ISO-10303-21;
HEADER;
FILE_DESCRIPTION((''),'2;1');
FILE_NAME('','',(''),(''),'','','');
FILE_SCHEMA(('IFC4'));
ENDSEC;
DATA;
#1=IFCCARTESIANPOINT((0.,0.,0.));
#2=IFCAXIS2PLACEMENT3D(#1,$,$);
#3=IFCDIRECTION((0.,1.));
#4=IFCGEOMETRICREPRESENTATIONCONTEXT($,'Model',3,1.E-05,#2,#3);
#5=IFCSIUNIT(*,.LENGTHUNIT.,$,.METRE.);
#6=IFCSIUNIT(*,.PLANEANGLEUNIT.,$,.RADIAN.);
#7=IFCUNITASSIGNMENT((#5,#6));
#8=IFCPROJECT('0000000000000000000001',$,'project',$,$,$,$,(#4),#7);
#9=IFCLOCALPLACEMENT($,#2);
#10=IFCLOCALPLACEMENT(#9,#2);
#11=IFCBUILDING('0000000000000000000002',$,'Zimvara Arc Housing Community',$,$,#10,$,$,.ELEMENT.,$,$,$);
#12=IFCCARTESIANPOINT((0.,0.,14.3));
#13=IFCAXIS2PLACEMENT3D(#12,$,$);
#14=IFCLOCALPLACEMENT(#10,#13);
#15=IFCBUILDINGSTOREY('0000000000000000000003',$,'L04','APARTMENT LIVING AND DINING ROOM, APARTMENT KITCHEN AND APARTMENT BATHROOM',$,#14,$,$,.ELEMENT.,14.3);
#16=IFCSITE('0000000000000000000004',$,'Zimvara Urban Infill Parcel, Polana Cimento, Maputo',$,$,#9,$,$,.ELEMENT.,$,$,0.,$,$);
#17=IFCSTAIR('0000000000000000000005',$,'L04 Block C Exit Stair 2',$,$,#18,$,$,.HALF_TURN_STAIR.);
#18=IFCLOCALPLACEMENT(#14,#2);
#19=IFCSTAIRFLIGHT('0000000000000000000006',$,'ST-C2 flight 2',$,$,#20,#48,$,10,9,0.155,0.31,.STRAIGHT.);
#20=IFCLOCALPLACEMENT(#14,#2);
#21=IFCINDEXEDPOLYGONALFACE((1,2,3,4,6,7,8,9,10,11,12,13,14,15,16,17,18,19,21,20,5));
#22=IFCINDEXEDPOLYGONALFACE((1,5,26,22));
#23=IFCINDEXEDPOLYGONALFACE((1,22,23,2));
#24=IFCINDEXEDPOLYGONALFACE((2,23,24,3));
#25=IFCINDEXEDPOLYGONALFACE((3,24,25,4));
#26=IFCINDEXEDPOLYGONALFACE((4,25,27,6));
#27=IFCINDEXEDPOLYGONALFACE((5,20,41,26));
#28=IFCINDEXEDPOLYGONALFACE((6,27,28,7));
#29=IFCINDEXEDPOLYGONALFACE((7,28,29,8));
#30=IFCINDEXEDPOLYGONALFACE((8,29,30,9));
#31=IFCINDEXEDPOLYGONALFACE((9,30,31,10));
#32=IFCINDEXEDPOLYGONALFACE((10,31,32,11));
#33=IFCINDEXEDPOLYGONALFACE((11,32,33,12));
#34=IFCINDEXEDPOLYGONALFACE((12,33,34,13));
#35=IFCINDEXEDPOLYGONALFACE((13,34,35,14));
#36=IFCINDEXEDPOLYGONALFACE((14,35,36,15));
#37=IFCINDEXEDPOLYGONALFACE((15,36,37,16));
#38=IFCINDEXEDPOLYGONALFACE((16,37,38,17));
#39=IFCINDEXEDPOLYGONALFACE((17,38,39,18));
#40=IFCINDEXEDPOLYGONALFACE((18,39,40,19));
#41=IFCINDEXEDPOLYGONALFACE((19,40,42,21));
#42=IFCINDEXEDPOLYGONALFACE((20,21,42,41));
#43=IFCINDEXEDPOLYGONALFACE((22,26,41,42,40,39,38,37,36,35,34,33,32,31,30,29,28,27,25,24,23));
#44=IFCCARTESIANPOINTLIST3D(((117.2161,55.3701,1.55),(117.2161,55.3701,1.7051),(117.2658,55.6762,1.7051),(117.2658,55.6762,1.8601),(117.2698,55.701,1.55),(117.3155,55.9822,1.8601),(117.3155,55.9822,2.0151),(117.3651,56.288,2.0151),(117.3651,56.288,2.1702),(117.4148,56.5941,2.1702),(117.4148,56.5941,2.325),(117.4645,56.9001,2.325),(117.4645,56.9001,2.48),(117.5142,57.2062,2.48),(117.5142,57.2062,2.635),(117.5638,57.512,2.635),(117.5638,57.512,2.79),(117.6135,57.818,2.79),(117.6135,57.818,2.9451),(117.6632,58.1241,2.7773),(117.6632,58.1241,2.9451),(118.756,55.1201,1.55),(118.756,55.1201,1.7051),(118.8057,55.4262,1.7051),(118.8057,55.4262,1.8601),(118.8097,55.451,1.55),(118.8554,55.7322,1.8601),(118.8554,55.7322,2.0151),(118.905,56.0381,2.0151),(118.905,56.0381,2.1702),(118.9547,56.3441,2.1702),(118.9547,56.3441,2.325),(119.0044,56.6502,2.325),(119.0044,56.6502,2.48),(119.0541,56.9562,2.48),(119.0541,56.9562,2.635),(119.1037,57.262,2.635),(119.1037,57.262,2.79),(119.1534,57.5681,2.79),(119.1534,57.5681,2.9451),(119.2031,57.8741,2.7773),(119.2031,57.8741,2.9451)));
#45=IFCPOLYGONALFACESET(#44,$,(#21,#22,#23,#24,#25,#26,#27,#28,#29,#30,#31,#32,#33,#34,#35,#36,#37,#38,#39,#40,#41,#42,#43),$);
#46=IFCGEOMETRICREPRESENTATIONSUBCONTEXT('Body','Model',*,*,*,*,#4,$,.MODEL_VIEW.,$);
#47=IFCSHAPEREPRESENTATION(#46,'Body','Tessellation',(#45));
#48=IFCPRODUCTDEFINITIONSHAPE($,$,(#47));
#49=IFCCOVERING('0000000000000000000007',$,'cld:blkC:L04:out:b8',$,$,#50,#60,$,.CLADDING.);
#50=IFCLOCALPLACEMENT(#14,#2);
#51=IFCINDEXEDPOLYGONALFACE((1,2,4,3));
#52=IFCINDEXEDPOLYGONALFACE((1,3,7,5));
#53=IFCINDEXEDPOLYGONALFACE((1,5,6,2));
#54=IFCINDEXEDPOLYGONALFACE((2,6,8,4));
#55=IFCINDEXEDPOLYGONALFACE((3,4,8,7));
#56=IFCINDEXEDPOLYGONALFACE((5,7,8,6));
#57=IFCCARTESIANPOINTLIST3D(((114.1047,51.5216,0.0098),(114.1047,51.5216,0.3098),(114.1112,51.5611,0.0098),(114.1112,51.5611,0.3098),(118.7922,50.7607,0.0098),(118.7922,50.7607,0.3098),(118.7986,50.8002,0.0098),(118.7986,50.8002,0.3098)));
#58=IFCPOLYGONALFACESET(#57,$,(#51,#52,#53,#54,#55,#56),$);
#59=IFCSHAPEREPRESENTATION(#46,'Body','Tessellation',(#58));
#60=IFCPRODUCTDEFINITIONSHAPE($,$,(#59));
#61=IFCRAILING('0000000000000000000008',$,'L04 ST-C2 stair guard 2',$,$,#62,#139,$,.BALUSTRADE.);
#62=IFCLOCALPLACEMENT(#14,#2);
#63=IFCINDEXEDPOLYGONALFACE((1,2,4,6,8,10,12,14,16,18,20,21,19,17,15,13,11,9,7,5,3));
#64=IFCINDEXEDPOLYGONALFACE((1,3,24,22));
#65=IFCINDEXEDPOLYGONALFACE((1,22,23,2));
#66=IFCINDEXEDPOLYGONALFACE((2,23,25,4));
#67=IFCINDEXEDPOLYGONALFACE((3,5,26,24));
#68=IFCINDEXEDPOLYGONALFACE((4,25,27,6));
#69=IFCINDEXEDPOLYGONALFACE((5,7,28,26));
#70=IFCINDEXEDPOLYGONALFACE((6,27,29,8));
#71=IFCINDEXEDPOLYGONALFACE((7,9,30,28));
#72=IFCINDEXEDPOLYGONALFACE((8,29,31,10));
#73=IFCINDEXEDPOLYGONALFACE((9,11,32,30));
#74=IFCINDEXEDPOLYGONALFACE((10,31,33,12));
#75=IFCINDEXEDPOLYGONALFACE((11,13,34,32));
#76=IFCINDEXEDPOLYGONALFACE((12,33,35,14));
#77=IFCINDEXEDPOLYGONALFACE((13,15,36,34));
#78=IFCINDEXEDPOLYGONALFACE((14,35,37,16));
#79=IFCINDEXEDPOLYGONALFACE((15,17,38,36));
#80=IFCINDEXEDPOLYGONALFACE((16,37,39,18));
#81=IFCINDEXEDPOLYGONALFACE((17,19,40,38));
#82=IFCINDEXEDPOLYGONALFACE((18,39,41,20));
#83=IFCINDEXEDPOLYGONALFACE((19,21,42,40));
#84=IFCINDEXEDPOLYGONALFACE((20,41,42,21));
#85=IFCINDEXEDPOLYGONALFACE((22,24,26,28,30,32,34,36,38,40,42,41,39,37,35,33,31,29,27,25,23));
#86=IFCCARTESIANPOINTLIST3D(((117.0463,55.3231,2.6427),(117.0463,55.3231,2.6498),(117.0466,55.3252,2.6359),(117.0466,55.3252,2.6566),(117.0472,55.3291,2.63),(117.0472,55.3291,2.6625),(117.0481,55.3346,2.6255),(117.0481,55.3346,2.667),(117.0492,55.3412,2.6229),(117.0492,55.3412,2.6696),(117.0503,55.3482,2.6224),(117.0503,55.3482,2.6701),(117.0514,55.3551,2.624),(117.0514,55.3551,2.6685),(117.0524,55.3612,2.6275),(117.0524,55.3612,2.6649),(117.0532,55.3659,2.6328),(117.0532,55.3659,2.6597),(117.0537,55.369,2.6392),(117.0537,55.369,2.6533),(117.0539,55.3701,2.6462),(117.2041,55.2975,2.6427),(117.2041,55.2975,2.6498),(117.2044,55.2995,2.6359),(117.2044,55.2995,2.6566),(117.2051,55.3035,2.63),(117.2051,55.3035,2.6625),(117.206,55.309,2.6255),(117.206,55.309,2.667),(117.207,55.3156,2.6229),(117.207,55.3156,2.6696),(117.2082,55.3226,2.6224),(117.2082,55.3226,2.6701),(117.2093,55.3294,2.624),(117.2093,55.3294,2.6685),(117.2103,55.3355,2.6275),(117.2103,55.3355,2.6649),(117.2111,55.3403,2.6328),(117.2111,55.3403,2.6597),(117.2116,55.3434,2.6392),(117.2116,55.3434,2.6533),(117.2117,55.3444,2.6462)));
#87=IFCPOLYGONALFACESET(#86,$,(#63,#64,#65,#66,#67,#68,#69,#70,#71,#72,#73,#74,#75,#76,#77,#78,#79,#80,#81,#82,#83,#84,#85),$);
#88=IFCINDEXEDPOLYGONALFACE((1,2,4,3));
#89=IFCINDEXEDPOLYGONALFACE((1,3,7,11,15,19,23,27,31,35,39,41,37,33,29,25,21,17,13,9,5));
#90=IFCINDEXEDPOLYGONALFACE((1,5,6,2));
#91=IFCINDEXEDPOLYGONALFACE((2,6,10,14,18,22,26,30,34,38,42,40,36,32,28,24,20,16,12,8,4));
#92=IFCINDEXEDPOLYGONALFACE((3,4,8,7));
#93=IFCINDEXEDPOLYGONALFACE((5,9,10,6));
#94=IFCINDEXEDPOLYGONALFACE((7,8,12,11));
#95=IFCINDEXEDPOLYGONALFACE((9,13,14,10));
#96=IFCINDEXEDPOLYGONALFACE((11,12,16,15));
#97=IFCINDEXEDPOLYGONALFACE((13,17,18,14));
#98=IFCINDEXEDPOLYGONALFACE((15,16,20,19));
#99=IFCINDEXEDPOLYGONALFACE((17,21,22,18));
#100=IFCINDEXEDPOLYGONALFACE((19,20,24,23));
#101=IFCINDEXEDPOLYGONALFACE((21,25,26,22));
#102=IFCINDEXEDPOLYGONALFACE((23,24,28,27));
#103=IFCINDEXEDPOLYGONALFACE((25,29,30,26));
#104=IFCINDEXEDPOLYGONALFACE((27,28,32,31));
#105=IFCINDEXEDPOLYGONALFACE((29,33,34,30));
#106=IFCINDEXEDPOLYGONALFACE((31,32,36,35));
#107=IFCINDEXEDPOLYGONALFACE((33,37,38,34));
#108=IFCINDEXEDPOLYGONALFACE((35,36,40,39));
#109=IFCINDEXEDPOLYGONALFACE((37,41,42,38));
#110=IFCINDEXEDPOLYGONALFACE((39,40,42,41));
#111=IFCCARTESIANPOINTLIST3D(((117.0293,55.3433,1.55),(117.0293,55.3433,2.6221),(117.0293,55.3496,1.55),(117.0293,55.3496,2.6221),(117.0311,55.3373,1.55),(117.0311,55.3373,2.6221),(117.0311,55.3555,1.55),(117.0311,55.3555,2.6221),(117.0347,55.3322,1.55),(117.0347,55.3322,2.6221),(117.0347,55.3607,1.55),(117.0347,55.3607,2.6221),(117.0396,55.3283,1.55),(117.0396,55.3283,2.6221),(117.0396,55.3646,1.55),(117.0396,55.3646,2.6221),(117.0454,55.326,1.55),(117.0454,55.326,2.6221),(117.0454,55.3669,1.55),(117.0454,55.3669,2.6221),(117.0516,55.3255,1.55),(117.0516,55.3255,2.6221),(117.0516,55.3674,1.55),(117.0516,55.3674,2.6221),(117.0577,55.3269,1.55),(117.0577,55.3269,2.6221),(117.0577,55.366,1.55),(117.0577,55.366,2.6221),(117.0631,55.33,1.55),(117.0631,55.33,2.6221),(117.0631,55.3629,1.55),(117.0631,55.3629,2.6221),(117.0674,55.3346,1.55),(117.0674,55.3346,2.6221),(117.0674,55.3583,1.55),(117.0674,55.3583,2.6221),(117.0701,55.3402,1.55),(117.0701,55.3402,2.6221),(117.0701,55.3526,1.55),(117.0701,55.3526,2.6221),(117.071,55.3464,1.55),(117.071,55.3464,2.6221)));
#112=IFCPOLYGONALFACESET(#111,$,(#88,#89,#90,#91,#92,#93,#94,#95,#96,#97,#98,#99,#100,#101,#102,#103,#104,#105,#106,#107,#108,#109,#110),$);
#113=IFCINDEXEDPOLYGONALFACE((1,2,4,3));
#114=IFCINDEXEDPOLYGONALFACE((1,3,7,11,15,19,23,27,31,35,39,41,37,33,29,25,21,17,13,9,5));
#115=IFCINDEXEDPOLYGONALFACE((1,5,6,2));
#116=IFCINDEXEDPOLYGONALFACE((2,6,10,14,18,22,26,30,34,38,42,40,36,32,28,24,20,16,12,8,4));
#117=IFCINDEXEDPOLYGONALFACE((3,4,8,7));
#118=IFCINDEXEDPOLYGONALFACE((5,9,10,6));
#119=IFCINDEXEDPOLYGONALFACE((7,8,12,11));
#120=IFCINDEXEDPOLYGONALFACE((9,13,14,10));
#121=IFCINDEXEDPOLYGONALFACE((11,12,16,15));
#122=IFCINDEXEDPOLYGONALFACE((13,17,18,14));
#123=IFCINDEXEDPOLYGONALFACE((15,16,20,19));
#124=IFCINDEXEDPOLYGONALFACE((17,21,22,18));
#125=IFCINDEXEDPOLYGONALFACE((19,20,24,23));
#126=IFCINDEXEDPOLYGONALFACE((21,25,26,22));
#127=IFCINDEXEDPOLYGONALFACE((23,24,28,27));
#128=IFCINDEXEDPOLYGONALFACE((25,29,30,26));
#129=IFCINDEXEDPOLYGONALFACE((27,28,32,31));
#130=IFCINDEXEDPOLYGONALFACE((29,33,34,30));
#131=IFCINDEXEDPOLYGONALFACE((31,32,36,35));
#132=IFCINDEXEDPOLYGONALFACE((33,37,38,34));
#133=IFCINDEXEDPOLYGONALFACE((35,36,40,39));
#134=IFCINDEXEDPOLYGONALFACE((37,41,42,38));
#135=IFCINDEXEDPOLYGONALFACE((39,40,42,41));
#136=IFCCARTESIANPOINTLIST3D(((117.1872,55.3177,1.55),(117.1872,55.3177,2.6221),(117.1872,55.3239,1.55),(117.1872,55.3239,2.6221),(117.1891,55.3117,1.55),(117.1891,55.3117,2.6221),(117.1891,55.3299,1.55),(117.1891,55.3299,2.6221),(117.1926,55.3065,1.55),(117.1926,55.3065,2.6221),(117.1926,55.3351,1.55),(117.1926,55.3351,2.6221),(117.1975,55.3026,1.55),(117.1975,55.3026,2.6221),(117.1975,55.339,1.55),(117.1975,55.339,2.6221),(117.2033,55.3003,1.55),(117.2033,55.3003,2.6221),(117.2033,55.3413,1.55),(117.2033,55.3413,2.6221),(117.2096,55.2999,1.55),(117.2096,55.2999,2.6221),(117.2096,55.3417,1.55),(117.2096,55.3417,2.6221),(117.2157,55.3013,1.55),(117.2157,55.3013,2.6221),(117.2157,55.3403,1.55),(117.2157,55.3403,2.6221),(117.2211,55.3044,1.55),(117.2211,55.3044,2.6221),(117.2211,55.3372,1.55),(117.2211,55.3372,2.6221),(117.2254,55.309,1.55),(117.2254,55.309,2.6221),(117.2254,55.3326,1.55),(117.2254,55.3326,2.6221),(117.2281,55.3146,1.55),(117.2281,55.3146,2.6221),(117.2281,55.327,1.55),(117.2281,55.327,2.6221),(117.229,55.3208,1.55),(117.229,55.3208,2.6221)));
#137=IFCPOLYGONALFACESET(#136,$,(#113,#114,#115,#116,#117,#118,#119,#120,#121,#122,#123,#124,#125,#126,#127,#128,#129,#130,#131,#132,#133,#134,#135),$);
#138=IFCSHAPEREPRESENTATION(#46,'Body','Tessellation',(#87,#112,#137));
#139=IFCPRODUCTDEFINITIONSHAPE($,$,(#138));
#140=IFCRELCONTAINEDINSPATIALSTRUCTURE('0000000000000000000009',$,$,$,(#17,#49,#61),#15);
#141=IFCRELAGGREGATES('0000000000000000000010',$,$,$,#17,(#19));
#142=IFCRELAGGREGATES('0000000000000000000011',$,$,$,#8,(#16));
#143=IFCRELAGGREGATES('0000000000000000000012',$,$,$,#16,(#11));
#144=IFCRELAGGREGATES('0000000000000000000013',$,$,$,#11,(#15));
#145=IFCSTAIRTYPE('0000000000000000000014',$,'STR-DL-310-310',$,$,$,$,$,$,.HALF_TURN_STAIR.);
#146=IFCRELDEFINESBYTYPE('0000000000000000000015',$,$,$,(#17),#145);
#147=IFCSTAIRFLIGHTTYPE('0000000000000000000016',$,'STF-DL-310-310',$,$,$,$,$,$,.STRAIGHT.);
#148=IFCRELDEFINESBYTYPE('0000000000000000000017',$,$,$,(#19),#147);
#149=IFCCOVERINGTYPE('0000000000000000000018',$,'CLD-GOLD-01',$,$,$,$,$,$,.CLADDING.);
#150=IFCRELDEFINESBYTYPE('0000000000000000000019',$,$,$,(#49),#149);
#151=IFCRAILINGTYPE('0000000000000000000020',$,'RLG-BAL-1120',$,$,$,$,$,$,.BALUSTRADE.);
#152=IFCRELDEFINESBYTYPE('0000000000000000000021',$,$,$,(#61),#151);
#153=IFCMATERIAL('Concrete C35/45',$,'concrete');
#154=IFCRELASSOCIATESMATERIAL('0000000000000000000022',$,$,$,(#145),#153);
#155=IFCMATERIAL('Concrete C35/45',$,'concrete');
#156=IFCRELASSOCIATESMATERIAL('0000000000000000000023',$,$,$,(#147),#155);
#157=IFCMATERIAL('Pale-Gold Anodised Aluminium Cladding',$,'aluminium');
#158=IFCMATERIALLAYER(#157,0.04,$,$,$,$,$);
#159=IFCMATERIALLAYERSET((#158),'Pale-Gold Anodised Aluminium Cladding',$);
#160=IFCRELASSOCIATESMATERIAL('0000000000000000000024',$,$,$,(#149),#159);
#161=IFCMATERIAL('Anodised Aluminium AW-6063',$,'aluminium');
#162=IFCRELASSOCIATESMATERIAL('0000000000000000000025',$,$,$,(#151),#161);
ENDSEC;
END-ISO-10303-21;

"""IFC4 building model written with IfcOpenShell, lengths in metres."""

from ifc_helpers import new_model, si_unit, direction, frame, origin, origin_2d, place, context, subcontext, project, spatial, polyline, rectangle, circle, outline, extrude, material, layer, layer_set, type_object, element, aggregate, save


model = new_model("IFC4")

# Units and contexts
model_context = context("Model", 3, precision=1e-05, world=origin(), true_north=direction((0.0, 1.0)))
body_context = subcontext(model_context, "Body", "Model", "MODEL_VIEW")
ifc_project = project(units=[si_unit("LENGTHUNIT", "METRE"), si_unit("PLANEANGLEUNIT", "RADIAN")], contexts=[model_context])

# Site, building, storey
site_placement = place(None, origin())
site = spatial("IfcSite", under=ifc_project, at=site_placement, Name="Zimvara Urban Infill Parcel, Polana Cimento, Maputo", CompositionType="ELEMENT", RefElevation=0.0)
building_placement = place(site_placement, origin())
building = spatial("IfcBuilding", under=site, at=building_placement, Name="Zimvara Arc Housing Community", CompositionType="ELEMENT")
storey_placement = place(building_placement, frame((0.0, 0.0, 14.3)))
storey = spatial("IfcBuildingStorey", under=building, at=storey_placement, Name="L04", Description="APARTMENT LIVING AND DINING ROOM, APARTMENT KITCHEN AND APARTMENT BATHROOM", CompositionType="ELEMENT", Elevation=14.3)

# Stair, stair flight
ifc_material_1 = material(Name="Concrete C35/45", Category="concrete")
stair_type = type_object("IfcStairType", Name="STR-DL-310-310", PredefinedType="HALF_TURN_STAIR", material=ifc_material_1)
stair_placement = place(storey_placement, origin())
stair = element("IfcStair", 1, at=stair_placement, inside=storey, type_object=stair_type, Name="L04 Block C Exit Stair 2", PredefinedType="HALF_TURN_STAIR")
ifc_material_2 = material(Name="Concrete C35/45", Category="concrete")
stair_flight_type = type_object("IfcStairFlightType", Name="STF-DL-310-310", PredefinedType="STRAIGHT", material=ifc_material_2)
stair_flight_placement = place(storey_placement, frame((117.9861, 55.2451, 1.55), z_axis=(0.0, 0.0, 1.0), x_axis=(0.160226, 0.98708, 0.0)))
stair_flight = element("IfcStairFlight", 2, at=stair_flight_placement, type_object=stair_flight_type, Name="ST-C2 flight 2", NumberOfRisers=10, NumberOfTreads=9, PredefinedType="STRAIGHT", RiserHeight=0.155, TreadLength=0.31, context=body_context, shape_type="SweptSolid", body=[
    extrude(outline(polyline([(0.0, 0.0), (0.0, 0.155), (0.3101, 0.155), (0.3101, 0.3101), (0.6201, 0.3101), (0.6201, 0.4651), (0.9299, 0.4651), (0.9299, 0.6201), (1.24, 0.6201), (1.24, 0.7749), (1.55, 0.7749), (1.55, 0.9299), (1.8601, 0.9299), (1.8601, 1.085), (2.1699, 1.085), (2.1699, 1.24), (2.48, 1.24), (2.48, 1.395), (2.79, 1.395), (2.79, 1.55), (2.79, 1.2273), (0.3352, 0.0), (0.0, 0.0)])), frame((0.0, 0.78, 0.0), z_axis=(0.0, -1.0, 0.0), x_axis=(1.0, 0.0, 0.0)), (0.0, 0.0, 1.0), 1.5601),
])
aggregate(stair, [stair_flight])

# Covering
ifc_material_3 = material(Name="Pale-Gold Anodised Aluminium Cladding", Category="aluminium")
ifc_layer_1 = layer(ifc_material_3, 0.04)
ifc_layer_set_1 = layer_set([ifc_layer_1], Name="Pale-Gold Anodised Aluminium Cladding")
covering_type = type_object("IfcCoveringType", Name="CLD-GOLD-01", PredefinedType="CLADDING", material=ifc_layer_set_1)
covering_placement = place(storey_placement, frame((116.4517, 51.1609, 0.0098), z_axis=(0.0, 0.0, 1.0), x_axis=(0.98708, -0.160226, 0.0)))
element("IfcCovering", 3, at=covering_placement, inside=storey, type_object=covering_type, Name="cld:blkC:L04:out:b8", PredefinedType="CLADDING", context=body_context, shape_type="SweptSolid", body=[
    extrude(rectangle(XDim=4.7488, YDim=0.04, at=origin_2d()), origin(), (0.0, 0.0, 1.0), 0.3),
])

# Railing
ifc_material_4 = material(Name="Anodised Aluminium AW-6063", Category="aluminium")
railing_type_1 = type_object("IfcRailingType", Name="RLG-BAL-1120", PredefinedType="BALUSTRADE", material=ifc_material_4)
railing_1_placement = place(storey_placement, frame((117.05, 55.3464, 1.55)))
element("IfcRailing", 4, at=railing_1_placement, inside=storey, type_object=railing_type_1, Name="L04 ST-C2 stair guard 2", PredefinedType="BALUSTRADE", context=body_context, shape_type="SweptSolid", body=[
    extrude(circle(Radius=0.0239, at=origin_2d()), frame((0.0, 0.0, 1.0962), z_axis=(0.987086, -0.160192, 0.0), x_axis=(0.160192, 0.987086, 0.0)), (0.0, 0.0, 1.0), 0.1599),
    extrude(circle(Radius=0.021, at=origin_2d()), origin(), (0.0, 0.0, 1.0), 1.072),
    extrude(circle(Radius=0.021, at=origin_2d()), frame((0.158, -0.0256, 0.0)), (0.0, 0.0, 1.0), 1.072),
])

save(model, "model.ifc")
